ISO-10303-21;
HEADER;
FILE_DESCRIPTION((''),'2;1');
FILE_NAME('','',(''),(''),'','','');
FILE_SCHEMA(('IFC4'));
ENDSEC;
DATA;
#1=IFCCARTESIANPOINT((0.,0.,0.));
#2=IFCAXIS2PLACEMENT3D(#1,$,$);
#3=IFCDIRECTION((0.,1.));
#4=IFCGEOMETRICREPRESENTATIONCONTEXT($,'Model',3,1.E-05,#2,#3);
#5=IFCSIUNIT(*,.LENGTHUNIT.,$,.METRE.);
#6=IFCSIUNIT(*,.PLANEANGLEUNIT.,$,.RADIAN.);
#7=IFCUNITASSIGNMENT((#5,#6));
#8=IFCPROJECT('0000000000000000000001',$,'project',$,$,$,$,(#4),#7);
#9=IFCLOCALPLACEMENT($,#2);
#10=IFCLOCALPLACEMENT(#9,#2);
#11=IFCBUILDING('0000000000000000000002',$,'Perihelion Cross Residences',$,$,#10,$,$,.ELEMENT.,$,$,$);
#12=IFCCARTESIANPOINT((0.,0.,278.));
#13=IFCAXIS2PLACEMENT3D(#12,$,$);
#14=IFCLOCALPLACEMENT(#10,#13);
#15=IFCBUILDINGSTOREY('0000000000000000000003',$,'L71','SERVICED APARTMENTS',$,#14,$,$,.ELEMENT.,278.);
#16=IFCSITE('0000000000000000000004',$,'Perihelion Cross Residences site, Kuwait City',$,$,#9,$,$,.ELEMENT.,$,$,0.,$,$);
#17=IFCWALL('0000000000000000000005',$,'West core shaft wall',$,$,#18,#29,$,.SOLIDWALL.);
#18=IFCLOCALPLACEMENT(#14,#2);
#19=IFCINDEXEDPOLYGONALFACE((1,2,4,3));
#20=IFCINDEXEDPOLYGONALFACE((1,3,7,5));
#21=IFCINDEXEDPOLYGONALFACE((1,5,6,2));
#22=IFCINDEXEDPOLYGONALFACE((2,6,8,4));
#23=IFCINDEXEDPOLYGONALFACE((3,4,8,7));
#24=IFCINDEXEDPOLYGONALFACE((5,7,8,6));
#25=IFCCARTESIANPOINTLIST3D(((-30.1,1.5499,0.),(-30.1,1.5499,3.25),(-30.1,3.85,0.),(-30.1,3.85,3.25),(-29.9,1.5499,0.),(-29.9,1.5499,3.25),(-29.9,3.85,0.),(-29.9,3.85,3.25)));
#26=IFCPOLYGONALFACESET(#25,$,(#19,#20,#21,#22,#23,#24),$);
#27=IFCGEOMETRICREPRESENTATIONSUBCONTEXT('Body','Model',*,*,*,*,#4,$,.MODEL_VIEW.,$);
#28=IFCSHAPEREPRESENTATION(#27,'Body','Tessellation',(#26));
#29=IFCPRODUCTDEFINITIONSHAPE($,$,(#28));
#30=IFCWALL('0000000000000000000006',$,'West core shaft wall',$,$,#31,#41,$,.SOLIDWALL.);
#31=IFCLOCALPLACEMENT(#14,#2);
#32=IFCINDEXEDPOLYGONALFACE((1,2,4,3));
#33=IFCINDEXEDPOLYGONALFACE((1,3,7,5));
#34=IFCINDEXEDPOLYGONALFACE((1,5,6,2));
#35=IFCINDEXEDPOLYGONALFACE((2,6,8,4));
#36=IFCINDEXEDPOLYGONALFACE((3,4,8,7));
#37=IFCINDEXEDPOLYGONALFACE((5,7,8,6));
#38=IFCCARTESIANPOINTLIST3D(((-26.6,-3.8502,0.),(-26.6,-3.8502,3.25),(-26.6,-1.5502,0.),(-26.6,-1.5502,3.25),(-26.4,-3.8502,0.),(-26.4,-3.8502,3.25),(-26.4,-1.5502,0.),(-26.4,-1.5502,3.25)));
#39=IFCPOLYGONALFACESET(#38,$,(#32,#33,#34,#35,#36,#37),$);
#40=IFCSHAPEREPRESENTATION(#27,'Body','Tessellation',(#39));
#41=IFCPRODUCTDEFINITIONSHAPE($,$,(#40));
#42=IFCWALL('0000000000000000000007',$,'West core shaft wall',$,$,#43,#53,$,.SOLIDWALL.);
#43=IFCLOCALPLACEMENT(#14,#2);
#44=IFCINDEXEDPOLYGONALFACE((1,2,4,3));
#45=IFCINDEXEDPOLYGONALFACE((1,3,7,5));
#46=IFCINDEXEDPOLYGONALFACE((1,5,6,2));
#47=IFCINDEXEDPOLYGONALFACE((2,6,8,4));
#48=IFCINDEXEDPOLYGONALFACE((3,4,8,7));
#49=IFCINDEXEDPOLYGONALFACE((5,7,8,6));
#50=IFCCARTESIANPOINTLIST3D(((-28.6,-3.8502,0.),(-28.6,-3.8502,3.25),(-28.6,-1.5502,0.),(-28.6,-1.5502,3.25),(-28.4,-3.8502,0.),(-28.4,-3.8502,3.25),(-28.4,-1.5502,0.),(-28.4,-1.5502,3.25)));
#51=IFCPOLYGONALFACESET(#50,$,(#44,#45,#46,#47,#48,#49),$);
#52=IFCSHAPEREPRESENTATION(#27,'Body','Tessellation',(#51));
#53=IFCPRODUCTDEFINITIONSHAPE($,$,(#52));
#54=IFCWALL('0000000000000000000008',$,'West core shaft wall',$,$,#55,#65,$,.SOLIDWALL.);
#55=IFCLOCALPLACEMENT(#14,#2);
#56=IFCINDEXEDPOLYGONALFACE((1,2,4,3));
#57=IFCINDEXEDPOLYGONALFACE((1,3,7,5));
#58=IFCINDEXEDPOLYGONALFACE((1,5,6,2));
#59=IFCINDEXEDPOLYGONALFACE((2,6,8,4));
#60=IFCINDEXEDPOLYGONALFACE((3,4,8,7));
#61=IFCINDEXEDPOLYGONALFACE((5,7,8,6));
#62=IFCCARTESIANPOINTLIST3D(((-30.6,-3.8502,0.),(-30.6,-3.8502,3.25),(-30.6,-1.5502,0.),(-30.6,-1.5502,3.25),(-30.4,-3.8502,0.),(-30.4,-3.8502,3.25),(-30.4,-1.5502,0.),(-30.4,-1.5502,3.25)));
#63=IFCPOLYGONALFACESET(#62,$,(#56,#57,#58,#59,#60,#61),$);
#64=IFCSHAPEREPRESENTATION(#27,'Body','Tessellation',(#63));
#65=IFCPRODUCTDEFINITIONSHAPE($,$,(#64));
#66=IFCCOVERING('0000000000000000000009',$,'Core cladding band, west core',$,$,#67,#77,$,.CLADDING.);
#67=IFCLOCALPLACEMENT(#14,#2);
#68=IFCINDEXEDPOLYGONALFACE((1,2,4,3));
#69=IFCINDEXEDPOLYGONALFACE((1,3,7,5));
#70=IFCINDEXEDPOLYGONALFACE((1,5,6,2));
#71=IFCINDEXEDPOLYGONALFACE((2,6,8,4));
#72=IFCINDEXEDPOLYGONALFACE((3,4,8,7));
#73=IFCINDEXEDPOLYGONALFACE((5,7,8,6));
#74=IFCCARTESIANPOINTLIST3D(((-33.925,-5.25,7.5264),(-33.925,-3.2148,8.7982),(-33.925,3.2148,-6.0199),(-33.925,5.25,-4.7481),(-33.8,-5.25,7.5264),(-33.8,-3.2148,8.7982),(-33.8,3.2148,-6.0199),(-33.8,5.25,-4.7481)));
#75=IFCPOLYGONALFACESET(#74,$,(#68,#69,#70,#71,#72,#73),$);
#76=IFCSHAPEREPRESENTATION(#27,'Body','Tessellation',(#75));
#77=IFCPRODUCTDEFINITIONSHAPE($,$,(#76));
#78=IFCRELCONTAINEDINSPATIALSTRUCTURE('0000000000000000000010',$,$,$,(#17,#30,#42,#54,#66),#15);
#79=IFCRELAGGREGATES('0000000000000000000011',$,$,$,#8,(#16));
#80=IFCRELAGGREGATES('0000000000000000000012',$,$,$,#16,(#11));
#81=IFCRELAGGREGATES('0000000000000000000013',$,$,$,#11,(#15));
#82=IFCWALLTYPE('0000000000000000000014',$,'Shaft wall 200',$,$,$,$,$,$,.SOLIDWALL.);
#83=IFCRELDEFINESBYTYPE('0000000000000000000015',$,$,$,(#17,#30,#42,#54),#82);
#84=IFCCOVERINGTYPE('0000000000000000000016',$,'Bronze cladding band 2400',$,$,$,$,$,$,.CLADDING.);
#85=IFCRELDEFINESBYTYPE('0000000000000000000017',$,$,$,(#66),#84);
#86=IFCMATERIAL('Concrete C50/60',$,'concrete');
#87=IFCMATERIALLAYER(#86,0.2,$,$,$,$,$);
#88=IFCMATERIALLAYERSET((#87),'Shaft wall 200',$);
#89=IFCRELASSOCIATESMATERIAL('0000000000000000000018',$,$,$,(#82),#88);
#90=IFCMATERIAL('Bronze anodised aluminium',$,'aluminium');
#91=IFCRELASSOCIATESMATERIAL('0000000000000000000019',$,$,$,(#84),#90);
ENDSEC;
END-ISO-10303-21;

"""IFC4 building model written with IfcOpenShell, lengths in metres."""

from ifc_helpers import new_model, si_unit, direction, frame, frame_2d, origin, origin_2d, place, context, subcontext, project, spatial, rectangle, extrude, material, layer, layer_set, material_profile, profile_set, type_object, element, save


model = new_model("IFC4")

# Units and contexts
model_context = context("Model", 3, precision=1e-05, world=origin(), true_north=direction((0.0, 1.0)))
body_context = subcontext(model_context, "Body", "Model", "MODEL_VIEW")
ifc_project = project(units=[si_unit("LENGTHUNIT", "METRE"), si_unit("PLANEANGLEUNIT", "RADIAN")], contexts=[model_context])

# Site, building, storey
site_placement = place(None, origin())
site = spatial("IfcSite", under=ifc_project, at=site_placement, Name="Perihelion Cross Residences site, Kuwait City", CompositionType="ELEMENT", RefElevation=0.0)
building_placement = place(site_placement, origin())
building = spatial("IfcBuilding", under=site, at=building_placement, Name="Perihelion Cross Residences", CompositionType="ELEMENT")
storey_placement = place(building_placement, frame((0.0, 0.0, 278.0)))
storey = spatial("IfcBuildingStorey", under=building, at=storey_placement, Name="L71", Description="SERVICED APARTMENTS", CompositionType="ELEMENT", Elevation=278.0)

# Shared definitions
ifc_material_1 = material(Name="Concrete C50/60", Category="concrete")
ifc_layer_1 = layer(ifc_material_1, 0.2)
ifc_layer_set_1 = layer_set([ifc_layer_1], Name="Shaft wall 200")
wall_type_1 = type_object("IfcWallType", Name="Shaft wall 200", PredefinedType="SOLIDWALL", material=ifc_layer_set_1)

# Walls
for number, where, z_axis, x_axis, name in (
    (1, (-30.0, 1.55, 0.0), (0.0, 0.0, 1.0), (0.0, 1.0, 0.0), "West core shaft wall"),
    (2, (-26.5, -3.8501, 0.0), (0.0, 0.0, 1.0), (0.0, 1.0, 0.0), "West core shaft wall"),
    (3, (-28.5, -3.8501, 0.0), (0.0, 0.0, 1.0), (0.0, 1.0, 0.0), "West core shaft wall"),
    (4, (-30.5, -3.8501, 0.0), (0.0, 0.0, 1.0), (0.0, 1.0, 0.0), "West core shaft wall"),
):
    element("IfcWall", number, at=place(storey_placement, frame(where, z_axis=z_axis, x_axis=x_axis)), inside=storey, type_object=wall_type_1, Name=name, PredefinedType="SOLIDWALL", context=body_context, shape_type="SweptSolid", body=[
        extrude(rectangle(XDim=2.3, YDim=0.2, at=frame_2d((1.1499, 0.0))), origin(), (0.0, 0.0, 1.0), 3.25),
    ])

# Covering
ifc_material_2 = material(Name="Bronze anodised aluminium", Category="aluminium")
ifc_material_profile = material_profile(ifc_material_2, rectangle(XDim=0.125, YDim=2.3999, at=origin_2d()), Name="Bronze cladding band 2400")
ifc_profile_set = profile_set([ifc_material_profile], Name="Bronze anodised aluminium")
covering_type = type_object("IfcCoveringType", Name="Bronze cladding band 2400", PredefinedType="CLADDING", material=ifc_profile_set)
covering_placement = place(storey_placement, frame((-33.8625, 4.2324, -5.384), z_axis=(0.0, -0.529925, 0.848045), x_axis=(1.0, 0.0, 0.0)))
element("IfcCovering", 5, at=covering_placement, inside=storey, type_object=covering_type, Name="Core cladding band, west core", PredefinedType="CLADDING", context=body_context, shape_type="SweptSolid", body=[
    extrude(rectangle(XDim=0.125, YDim=2.3999, at=origin_2d()), origin(), (0.0, 0.0, 1.0), 15.9736),
])

save(model, "model.ifc")
